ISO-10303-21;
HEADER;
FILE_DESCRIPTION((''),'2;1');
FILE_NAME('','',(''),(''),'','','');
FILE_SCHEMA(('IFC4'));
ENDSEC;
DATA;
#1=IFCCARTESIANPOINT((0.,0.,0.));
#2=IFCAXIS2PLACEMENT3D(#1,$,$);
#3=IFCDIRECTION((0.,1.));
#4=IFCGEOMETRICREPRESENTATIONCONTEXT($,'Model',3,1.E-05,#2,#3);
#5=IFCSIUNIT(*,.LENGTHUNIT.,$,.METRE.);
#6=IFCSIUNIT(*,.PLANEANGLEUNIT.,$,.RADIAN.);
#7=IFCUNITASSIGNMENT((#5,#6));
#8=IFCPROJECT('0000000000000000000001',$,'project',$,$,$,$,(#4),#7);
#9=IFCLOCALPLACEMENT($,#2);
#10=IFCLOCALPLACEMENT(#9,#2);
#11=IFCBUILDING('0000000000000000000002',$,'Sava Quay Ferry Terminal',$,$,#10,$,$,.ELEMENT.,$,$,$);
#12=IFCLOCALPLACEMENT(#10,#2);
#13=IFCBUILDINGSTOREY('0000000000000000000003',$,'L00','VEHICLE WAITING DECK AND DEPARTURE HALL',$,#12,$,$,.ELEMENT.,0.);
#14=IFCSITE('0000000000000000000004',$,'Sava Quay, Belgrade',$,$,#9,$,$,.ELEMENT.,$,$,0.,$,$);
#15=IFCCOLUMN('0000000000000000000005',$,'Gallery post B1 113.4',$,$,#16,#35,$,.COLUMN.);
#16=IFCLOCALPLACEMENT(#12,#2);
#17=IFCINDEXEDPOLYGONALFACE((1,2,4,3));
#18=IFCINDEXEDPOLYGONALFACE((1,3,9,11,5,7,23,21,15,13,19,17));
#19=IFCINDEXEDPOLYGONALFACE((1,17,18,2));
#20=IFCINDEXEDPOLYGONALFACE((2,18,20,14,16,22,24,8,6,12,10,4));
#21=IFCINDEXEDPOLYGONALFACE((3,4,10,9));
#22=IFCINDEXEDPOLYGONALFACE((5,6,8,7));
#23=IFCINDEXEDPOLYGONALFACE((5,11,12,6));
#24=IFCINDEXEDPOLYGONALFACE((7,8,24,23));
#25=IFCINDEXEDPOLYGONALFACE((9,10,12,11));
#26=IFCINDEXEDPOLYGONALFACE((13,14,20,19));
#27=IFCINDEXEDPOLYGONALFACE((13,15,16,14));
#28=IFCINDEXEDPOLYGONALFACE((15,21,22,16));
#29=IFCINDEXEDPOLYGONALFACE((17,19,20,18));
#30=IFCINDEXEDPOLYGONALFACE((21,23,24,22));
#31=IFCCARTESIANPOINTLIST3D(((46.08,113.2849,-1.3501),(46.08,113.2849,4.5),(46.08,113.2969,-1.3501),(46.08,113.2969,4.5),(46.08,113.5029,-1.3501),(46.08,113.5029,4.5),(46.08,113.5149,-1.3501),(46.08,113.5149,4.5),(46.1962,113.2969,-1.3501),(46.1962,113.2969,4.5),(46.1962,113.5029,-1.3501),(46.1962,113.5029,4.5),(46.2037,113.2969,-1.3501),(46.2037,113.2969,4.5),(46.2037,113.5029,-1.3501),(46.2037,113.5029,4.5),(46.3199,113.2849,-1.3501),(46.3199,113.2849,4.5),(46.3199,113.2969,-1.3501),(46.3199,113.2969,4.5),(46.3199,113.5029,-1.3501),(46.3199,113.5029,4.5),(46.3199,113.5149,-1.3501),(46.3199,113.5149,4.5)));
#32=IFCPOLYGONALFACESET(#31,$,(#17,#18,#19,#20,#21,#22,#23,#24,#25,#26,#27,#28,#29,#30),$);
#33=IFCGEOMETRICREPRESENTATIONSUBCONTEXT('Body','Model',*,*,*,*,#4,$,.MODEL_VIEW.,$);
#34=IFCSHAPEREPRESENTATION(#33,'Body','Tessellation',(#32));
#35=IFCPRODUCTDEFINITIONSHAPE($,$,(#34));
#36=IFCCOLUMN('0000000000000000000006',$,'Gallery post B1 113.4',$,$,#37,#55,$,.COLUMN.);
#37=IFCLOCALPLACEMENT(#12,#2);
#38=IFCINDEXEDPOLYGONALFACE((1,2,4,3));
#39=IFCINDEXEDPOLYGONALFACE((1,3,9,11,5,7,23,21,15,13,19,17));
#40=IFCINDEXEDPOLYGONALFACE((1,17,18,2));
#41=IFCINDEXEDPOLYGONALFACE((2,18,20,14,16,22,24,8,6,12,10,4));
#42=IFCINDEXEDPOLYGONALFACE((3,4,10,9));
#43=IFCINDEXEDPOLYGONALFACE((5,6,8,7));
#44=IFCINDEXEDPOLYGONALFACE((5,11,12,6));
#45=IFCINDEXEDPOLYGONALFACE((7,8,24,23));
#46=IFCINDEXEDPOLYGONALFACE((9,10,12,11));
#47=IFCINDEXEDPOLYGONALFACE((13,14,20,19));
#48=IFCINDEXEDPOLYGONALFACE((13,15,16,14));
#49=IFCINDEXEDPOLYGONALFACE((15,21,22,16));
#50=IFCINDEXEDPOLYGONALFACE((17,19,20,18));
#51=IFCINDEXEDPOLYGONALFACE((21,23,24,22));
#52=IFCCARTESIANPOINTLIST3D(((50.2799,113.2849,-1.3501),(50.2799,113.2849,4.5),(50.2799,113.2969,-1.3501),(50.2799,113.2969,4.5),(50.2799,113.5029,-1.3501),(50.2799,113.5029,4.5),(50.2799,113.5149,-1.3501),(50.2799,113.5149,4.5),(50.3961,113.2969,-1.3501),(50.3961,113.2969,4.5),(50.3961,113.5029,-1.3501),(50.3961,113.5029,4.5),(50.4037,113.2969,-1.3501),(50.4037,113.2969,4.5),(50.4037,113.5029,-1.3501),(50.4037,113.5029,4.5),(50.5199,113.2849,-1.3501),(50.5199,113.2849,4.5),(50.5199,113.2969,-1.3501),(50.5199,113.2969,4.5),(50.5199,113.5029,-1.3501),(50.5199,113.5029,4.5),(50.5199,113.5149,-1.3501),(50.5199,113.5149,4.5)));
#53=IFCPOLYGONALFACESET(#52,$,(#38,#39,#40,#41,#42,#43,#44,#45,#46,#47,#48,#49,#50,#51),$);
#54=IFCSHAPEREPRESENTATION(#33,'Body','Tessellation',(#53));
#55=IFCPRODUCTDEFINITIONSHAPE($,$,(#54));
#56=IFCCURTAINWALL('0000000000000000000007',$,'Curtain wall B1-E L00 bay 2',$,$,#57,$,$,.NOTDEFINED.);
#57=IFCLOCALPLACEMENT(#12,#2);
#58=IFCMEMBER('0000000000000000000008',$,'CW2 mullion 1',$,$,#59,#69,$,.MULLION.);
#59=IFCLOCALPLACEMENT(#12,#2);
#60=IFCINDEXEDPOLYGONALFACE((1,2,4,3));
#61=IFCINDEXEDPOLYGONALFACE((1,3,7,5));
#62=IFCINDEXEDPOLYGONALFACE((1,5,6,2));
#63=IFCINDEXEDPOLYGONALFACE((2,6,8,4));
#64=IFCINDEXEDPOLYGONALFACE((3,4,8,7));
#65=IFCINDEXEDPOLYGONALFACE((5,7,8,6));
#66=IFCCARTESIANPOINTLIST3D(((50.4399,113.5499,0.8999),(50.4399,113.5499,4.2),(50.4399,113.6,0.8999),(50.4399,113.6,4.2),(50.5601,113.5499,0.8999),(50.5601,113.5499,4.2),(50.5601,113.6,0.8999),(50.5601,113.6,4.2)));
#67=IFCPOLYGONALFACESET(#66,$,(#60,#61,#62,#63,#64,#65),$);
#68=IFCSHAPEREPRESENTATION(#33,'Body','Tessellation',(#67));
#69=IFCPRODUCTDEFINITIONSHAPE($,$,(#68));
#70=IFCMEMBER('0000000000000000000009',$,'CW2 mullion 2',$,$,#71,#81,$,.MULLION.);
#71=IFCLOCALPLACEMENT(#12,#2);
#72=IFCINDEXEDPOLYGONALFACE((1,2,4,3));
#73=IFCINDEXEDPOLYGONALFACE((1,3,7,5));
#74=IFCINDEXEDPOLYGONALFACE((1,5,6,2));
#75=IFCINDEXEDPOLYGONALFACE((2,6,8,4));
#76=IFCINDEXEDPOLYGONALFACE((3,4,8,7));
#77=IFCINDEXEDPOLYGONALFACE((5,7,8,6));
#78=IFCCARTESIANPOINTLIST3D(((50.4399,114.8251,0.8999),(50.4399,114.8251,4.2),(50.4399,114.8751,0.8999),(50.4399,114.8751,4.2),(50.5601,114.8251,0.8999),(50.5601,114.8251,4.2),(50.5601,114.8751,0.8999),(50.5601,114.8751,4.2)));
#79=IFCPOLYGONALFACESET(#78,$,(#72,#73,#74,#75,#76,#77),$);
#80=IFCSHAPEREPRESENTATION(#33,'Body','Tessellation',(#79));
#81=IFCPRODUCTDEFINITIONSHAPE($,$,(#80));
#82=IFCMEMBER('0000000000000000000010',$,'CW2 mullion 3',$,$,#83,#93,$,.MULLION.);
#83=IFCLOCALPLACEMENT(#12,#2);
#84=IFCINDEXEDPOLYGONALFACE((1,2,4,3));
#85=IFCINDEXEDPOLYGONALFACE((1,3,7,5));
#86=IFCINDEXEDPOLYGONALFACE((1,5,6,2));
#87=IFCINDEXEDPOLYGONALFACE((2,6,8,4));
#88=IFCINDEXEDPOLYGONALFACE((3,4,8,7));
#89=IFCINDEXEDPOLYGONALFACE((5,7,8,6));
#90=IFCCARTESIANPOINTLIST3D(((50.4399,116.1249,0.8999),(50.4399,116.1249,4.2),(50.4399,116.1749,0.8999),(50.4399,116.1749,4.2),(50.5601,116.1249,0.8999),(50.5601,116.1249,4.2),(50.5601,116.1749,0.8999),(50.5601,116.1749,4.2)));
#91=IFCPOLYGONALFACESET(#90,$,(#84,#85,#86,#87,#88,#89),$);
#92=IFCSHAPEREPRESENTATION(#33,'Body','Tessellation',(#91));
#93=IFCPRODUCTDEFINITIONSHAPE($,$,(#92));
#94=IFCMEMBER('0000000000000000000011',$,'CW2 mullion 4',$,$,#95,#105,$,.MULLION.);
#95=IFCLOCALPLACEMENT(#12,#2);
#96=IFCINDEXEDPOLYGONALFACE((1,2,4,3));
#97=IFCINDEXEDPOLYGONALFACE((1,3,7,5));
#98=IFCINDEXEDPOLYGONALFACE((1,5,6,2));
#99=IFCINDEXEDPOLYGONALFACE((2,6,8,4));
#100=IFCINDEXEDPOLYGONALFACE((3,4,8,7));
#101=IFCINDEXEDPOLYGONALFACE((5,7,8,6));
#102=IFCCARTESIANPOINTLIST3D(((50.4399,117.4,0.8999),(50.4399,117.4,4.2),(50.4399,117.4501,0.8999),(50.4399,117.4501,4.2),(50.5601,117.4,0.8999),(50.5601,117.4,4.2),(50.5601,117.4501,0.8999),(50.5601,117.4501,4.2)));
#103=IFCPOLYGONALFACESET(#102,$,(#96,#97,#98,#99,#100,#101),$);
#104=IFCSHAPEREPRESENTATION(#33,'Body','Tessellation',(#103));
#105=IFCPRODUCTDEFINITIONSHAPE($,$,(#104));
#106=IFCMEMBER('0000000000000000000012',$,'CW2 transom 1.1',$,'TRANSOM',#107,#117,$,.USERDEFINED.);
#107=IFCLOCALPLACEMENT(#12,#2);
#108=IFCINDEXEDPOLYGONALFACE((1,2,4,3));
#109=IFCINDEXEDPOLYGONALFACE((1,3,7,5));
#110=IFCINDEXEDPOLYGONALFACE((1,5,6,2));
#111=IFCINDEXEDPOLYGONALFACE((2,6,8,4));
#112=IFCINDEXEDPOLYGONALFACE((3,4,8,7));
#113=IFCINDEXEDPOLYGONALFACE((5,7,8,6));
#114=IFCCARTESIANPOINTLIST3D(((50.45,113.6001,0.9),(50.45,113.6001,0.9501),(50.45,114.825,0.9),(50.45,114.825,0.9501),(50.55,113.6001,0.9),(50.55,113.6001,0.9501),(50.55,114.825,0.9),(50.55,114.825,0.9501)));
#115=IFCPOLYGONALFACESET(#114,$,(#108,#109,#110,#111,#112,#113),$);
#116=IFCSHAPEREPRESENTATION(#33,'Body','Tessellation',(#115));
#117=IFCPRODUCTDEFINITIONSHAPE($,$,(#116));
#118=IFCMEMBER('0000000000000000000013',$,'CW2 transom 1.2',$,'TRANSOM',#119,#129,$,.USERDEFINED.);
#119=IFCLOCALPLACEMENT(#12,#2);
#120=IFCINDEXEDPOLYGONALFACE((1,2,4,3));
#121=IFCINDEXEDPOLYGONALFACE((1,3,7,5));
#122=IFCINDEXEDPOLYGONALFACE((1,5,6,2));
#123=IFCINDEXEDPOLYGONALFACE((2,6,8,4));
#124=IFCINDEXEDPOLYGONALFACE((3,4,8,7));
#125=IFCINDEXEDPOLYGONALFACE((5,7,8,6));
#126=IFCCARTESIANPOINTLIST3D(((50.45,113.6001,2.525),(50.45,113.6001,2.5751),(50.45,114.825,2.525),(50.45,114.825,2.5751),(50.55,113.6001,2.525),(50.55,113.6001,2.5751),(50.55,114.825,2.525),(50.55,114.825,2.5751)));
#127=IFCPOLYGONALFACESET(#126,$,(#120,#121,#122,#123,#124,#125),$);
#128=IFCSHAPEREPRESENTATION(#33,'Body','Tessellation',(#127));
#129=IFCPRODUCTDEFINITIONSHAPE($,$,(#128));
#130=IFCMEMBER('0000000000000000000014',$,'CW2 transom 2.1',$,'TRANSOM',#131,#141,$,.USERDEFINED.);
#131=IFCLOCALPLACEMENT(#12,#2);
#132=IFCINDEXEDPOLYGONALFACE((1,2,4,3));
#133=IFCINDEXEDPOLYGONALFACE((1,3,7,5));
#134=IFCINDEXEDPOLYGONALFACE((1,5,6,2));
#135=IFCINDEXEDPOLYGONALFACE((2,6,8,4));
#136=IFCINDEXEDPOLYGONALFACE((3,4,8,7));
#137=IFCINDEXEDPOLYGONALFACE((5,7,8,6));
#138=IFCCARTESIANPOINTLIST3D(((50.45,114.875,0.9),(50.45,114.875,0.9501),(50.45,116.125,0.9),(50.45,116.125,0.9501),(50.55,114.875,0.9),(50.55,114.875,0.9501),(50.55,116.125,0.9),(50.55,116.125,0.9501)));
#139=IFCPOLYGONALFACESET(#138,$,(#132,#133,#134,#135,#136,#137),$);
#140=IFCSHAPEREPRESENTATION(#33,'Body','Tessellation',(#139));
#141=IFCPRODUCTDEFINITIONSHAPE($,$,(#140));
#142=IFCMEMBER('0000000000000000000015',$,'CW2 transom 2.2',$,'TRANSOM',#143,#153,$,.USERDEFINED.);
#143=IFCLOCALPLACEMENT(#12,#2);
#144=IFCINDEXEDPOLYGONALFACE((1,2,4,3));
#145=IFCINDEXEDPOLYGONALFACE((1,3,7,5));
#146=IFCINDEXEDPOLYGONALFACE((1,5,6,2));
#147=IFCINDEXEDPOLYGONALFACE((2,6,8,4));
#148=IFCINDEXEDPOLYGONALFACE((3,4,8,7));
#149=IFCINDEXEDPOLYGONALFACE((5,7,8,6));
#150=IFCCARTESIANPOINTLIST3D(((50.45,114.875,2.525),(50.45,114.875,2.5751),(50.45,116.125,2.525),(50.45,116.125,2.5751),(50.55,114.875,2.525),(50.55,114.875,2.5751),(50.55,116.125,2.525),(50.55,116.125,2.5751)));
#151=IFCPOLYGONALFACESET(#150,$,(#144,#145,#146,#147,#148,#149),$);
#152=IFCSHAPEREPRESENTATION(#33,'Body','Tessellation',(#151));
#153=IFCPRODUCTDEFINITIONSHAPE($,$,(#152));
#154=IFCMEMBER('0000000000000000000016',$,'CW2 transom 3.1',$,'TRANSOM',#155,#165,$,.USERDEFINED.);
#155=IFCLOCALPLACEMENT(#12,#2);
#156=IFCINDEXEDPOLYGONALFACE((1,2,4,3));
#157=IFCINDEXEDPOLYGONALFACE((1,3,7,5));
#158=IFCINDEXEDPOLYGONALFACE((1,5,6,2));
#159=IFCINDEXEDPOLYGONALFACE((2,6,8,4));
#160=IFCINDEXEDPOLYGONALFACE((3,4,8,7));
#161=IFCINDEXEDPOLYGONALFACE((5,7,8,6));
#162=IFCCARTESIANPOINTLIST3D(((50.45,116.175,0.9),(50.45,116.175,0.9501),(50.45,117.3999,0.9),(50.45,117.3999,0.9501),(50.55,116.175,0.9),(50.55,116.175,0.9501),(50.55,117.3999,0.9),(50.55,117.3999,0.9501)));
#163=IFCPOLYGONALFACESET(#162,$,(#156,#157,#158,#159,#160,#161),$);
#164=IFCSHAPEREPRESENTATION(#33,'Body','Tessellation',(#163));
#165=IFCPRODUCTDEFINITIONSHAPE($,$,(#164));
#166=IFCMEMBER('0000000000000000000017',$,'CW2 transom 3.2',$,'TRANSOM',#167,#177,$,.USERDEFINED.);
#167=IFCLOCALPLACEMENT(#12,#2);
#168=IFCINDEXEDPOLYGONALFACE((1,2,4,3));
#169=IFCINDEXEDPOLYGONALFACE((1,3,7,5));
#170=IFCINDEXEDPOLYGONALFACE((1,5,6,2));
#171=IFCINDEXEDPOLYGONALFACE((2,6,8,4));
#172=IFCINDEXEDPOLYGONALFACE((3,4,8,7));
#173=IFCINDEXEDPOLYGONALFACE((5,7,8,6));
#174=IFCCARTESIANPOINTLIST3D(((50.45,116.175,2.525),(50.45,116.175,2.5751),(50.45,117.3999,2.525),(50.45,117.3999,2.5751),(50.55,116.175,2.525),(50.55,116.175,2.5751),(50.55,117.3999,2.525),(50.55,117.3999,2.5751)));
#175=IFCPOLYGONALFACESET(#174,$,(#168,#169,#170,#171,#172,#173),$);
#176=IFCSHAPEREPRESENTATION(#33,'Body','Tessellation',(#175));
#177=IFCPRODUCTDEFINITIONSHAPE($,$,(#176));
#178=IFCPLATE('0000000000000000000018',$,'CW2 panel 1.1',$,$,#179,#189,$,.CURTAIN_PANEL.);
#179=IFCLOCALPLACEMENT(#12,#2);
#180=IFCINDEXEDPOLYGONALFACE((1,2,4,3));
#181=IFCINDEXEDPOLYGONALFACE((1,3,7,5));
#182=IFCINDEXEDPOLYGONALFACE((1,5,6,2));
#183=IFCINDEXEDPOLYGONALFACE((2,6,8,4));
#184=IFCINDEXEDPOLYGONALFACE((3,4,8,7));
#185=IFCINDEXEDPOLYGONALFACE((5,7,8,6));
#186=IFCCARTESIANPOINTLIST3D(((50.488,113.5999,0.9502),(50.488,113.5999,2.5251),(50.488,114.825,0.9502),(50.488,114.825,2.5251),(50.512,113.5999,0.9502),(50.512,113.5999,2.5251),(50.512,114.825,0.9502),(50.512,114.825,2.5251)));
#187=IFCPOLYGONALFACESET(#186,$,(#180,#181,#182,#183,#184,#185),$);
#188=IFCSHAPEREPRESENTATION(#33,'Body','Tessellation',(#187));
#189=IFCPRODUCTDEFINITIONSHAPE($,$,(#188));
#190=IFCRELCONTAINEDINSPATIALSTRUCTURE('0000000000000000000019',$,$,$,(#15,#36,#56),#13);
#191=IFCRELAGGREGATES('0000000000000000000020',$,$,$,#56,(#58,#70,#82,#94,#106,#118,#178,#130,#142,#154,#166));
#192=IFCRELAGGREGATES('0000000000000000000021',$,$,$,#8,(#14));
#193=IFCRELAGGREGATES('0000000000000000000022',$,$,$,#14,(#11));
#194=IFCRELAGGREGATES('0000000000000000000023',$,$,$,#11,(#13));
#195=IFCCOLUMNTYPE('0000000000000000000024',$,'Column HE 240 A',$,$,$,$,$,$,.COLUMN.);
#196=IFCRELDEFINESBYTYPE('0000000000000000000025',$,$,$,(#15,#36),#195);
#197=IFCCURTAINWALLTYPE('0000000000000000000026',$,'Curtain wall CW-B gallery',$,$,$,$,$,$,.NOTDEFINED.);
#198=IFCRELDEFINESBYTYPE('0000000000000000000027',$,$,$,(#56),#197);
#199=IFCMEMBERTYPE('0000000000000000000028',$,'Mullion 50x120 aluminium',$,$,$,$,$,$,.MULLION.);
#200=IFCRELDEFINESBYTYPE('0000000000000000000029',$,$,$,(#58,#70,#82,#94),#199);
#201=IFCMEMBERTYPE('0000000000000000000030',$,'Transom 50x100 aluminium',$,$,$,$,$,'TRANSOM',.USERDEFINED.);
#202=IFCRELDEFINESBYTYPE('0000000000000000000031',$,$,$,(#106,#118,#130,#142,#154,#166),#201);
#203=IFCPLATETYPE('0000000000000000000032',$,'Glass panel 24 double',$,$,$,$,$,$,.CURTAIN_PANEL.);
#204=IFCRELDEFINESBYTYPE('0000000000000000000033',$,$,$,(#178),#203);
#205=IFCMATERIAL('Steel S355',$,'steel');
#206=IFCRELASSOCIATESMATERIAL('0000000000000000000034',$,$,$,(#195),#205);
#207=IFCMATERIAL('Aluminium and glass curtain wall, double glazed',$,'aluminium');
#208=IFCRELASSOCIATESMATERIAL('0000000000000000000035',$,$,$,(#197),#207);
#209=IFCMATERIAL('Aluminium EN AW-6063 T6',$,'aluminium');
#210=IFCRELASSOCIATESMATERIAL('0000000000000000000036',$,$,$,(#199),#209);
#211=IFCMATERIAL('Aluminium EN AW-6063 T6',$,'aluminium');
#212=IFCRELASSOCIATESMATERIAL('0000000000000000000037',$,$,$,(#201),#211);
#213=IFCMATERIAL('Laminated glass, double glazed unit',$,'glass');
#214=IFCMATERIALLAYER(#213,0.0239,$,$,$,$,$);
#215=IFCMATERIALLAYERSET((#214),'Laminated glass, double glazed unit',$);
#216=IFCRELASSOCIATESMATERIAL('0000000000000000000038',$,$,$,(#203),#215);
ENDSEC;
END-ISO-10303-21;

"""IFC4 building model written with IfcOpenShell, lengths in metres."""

from ifc_helpers import new_model, si_unit, direction, frame, origin, origin_2d, place, context, subcontext, project, spatial, rectangle, i_section, extrude, material, layer, layer_set, material_profile, profile_set, type_object, element, aggregate, save


model = new_model("IFC4")

# Units and contexts
model_context = context("Model", 3, precision=1e-05, world=origin(), true_north=direction((0.0, 1.0)))
body_context = subcontext(model_context, "Body", "Model", "MODEL_VIEW")
ifc_project = project(units=[si_unit("LENGTHUNIT", "METRE"), si_unit("PLANEANGLEUNIT", "RADIAN")], contexts=[model_context])

# Site, building, storey
site_placement = place(None, origin())
site = spatial("IfcSite", under=ifc_project, at=site_placement, Name="Sava Quay, Belgrade", CompositionType="ELEMENT", RefElevation=0.0)
building_placement = place(site_placement, origin())
building = spatial("IfcBuilding", under=site, at=building_placement, Name="Sava Quay Ferry Terminal", CompositionType="ELEMENT")
storey_placement = place(building_placement, origin())
storey = spatial("IfcBuildingStorey", under=building, at=storey_placement, Name="L00", Description="VEHICLE WAITING DECK AND DEPARTURE HALL", CompositionType="ELEMENT", Elevation=0.0)

# Columns
ifc_material_1 = material(Name="Steel S355", Category="steel")
ifc_material_profile_1 = material_profile(ifc_material_1, i_section(OverallWidth=0.24, OverallDepth=0.23, WebThickness=0.0076, FlangeThickness=0.012, at=origin_2d()), Name="HE 240 A")
ifc_profile_set_1 = profile_set([ifc_material_profile_1], Name="Steel S355")
column_type = type_object("IfcColumnType", Name="Column HE 240 A", PredefinedType="COLUMN", material=ifc_profile_set_1)
for number, where, z_axis, x_axis, name in (
    (1, (46.2, 113.3999, -1.3501), (0.0, 0.0, 1.0), (1.0, 0.0, 0.0), "Gallery post B1 113.4"),
    (2, (50.3999, 113.3999, -1.3501), (0.0, 0.0, 1.0), (1.0, 0.0, 0.0), "Gallery post B1 113.4"),
):
    element("IfcColumn", number, at=place(storey_placement, frame(where, z_axis=z_axis, x_axis=x_axis)), inside=storey, type_object=column_type, Name=name, PredefinedType="COLUMN", context=body_context, shape_type="SweptSolid", body=[
        extrude(i_section(OverallWidth=0.24, OverallDepth=0.23, WebThickness=0.0076, FlangeThickness=0.012, at=origin_2d()), origin(), (0.0, 0.0, 1.0), 5.8501),
    ])

# Curtain wall, members, plate
ifc_material_2 = material(Name="Aluminium and glass curtain wall, double glazed", Category="aluminium")
curtain_wall_type = type_object("IfcCurtainWallType", Name="Curtain wall CW-B gallery", PredefinedType="NOTDEFINED", material=ifc_material_2)
curtain_wall_placement = place(storey_placement, origin())
curtain_wall = element("IfcCurtainWall", 3, at=curtain_wall_placement, inside=storey, type_object=curtain_wall_type, Name="Curtain wall B1-E L00 bay 2", PredefinedType="NOTDEFINED")
ifc_material_3 = material(Name="Aluminium EN AW-6063 T6", Category="aluminium")
ifc_material_profile_2 = material_profile(ifc_material_3, rectangle(XDim=0.1201, YDim=0.05, at=origin_2d()), Name="Mullion 50x120 aluminium")
ifc_profile_set_2 = profile_set([ifc_material_profile_2], Name="Aluminium EN AW-6063 T6")
member_type_1 = type_object("IfcMemberType", Name="Mullion 50x120 aluminium", PredefinedType="MULLION", material=ifc_profile_set_2)
member_1_placement = place(storey_placement, frame((50.5, 113.575, 0.8999), z_axis=(0.0, 0.0, 1.0), x_axis=(-1.0, 0.0, 0.0)))
member_1 = element("IfcMember", 4, at=member_1_placement, type_object=member_type_1, Name="CW2 mullion 1", PredefinedType="MULLION", context=body_context, shape_type="SweptSolid", body=[
    extrude(rectangle(XDim=0.1201, YDim=0.05, at=origin_2d()), origin(), (0.0, 0.0, 1.0), 3.3),
])
member_2_placement = place(storey_placement, frame((50.5, 114.8501, 0.8999), z_axis=(0.0, 0.0, 1.0), x_axis=(-1.0, 0.0, 0.0)))
member_2 = element("IfcMember", 5, at=member_2_placement, type_object=member_type_1, Name="CW2 mullion 2", PredefinedType="MULLION", context=body_context, shape_type="SweptSolid", body=[
    extrude(rectangle(XDim=0.1201, YDim=0.05, at=origin_2d()), origin(), (0.0, 0.0, 1.0), 3.3),
])
member_3_placement = place(storey_placement, frame((50.5, 116.1499, 0.8999), z_axis=(0.0, 0.0, 1.0), x_axis=(-1.0, 0.0, 0.0)))
member_3 = element("IfcMember", 6, at=member_3_placement, type_object=member_type_1, Name="CW2 mullion 3", PredefinedType="MULLION", context=body_context, shape_type="SweptSolid", body=[
    extrude(rectangle(XDim=0.1201, YDim=0.05, at=origin_2d()), origin(), (0.0, 0.0, 1.0), 3.3),
])
member_4_placement = place(storey_placement, frame((50.5, 117.425, 0.8999), z_axis=(0.0, 0.0, 1.0), x_axis=(-1.0, 0.0, 0.0)))
member_4 = element("IfcMember", 7, at=member_4_placement, type_object=member_type_1, Name="CW2 mullion 4", PredefinedType="MULLION", context=body_context, shape_type="SweptSolid", body=[
    extrude(rectangle(XDim=0.1201, YDim=0.05, at=origin_2d()), origin(), (0.0, 0.0, 1.0), 3.3),
])
ifc_material_4 = material(Name="Aluminium EN AW-6063 T6", Category="aluminium")
ifc_material_profile_3 = material_profile(ifc_material_4, rectangle(XDim=0.1001, YDim=0.05, at=origin_2d()), Name="Transom 50x100 aluminium")
ifc_profile_set_3 = profile_set([ifc_material_profile_3], Name="Aluminium EN AW-6063 T6")
member_type_2 = type_object("IfcMemberType", Name="Transom 50x100 aluminium", ElementType="TRANSOM", PredefinedType="USERDEFINED", material=ifc_profile_set_3)
member_5_placement = place(storey_placement, frame((50.5, 113.6001, 0.925), z_axis=(0.0, 1.0, 0.0), x_axis=(-1.0, 0.0, 0.0)))
member_5 = element("IfcMember", 8, at=member_5_placement, type_object=member_type_2, Name="CW2 transom 1.1", ObjectType="TRANSOM", PredefinedType="USERDEFINED", context=body_context, shape_type="SweptSolid", body=[
    extrude(rectangle(XDim=0.1001, YDim=0.05, at=origin_2d()), origin(), (0.0, 0.0, 1.0), 1.2249),
])
member_6_placement = place(storey_placement, frame((50.5, 113.6001, 2.55), z_axis=(0.0, 1.0, 0.0), x_axis=(-1.0, 0.0, 0.0)))
member_6 = element("IfcMember", 9, at=member_6_placement, type_object=member_type_2, Name="CW2 transom 1.2", ObjectType="TRANSOM", PredefinedType="USERDEFINED", context=body_context, shape_type="SweptSolid", body=[
    extrude(rectangle(XDim=0.1001, YDim=0.05, at=origin_2d()), origin(), (0.0, 0.0, 1.0), 1.2249),
])
member_7_placement = place(storey_placement, frame((50.5, 114.875, 0.925), z_axis=(0.0, 1.0, 0.0), x_axis=(-1.0, 0.0, 0.0)))
member_7 = element("IfcMember", 10, at=member_7_placement, type_object=member_type_2, Name="CW2 transom 2.1", ObjectType="TRANSOM", PredefinedType="USERDEFINED", context=body_context, shape_type="SweptSolid", body=[
    extrude(rectangle(XDim=0.1001, YDim=0.05, at=origin_2d()), origin(), (0.0, 0.0, 1.0), 1.25),
])
member_8_placement = place(storey_placement, frame((50.5, 114.875, 2.55), z_axis=(0.0, 1.0, 0.0), x_axis=(-1.0, 0.0, 0.0)))
member_8 = element("IfcMember", 11, at=member_8_placement, type_object=member_type_2, Name="CW2 transom 2.2", ObjectType="TRANSOM", PredefinedType="USERDEFINED", context=body_context, shape_type="SweptSolid", body=[
    extrude(rectangle(XDim=0.1001, YDim=0.05, at=origin_2d()), origin(), (0.0, 0.0, 1.0), 1.25),
])
member_9_placement = place(storey_placement, frame((50.5, 116.175, 0.925), z_axis=(0.0, 1.0, 0.0), x_axis=(-1.0, 0.0, 0.0)))
member_9 = element("IfcMember", 12, at=member_9_placement, type_object=member_type_2, Name="CW2 transom 3.1", ObjectType="TRANSOM", PredefinedType="USERDEFINED", context=body_context, shape_type="SweptSolid", body=[
    extrude(rectangle(XDim=0.1001, YDim=0.05, at=origin_2d()), origin(), (0.0, 0.0, 1.0), 1.2249),
])
member_10_placement = place(storey_placement, frame((50.5, 116.175, 2.55), z_axis=(0.0, 1.0, 0.0), x_axis=(-1.0, 0.0, 0.0)))
member_10 = element("IfcMember", 13, at=member_10_placement, type_object=member_type_2, Name="CW2 transom 3.2", ObjectType="TRANSOM", PredefinedType="USERDEFINED", context=body_context, shape_type="SweptSolid", body=[
    extrude(rectangle(XDim=0.1001, YDim=0.05, at=origin_2d()), origin(), (0.0, 0.0, 1.0), 1.2249),
])
ifc_material_5 = material(Name="Laminated glass, double glazed unit", Category="glass")
ifc_layer_1 = layer(ifc_material_5, 0.0239)
ifc_layer_set_1 = layer_set([ifc_layer_1], Name="Laminated glass, double glazed unit")
plate_type = type_object("IfcPlateType", Name="Glass panel 24 double", PredefinedType="CURTAIN_PANEL", material=ifc_layer_set_1)
plate_1_placement = place(storey_placement, frame((50.5, 114.2124, 0.9502), z_axis=(0.0, 0.0, 1.0), x_axis=(0.0, 1.0, 0.0)))
plate_1 = element("IfcPlate", 14, at=plate_1_placement, type_object=plate_type, Name="CW2 panel 1.1", PredefinedType="CURTAIN_PANEL", context=body_context, shape_type="SweptSolid", body=[
    extrude(rectangle(XDim=1.2251, YDim=0.0239, at=origin_2d()), origin(), (0.0, 0.0, 1.0), 1.575),
])
aggregate(curtain_wall, [member_1, member_2, member_3, member_4, member_5, member_6, plate_1, member_7, member_8, member_9, member_10])

save(model, "model.ifc")
